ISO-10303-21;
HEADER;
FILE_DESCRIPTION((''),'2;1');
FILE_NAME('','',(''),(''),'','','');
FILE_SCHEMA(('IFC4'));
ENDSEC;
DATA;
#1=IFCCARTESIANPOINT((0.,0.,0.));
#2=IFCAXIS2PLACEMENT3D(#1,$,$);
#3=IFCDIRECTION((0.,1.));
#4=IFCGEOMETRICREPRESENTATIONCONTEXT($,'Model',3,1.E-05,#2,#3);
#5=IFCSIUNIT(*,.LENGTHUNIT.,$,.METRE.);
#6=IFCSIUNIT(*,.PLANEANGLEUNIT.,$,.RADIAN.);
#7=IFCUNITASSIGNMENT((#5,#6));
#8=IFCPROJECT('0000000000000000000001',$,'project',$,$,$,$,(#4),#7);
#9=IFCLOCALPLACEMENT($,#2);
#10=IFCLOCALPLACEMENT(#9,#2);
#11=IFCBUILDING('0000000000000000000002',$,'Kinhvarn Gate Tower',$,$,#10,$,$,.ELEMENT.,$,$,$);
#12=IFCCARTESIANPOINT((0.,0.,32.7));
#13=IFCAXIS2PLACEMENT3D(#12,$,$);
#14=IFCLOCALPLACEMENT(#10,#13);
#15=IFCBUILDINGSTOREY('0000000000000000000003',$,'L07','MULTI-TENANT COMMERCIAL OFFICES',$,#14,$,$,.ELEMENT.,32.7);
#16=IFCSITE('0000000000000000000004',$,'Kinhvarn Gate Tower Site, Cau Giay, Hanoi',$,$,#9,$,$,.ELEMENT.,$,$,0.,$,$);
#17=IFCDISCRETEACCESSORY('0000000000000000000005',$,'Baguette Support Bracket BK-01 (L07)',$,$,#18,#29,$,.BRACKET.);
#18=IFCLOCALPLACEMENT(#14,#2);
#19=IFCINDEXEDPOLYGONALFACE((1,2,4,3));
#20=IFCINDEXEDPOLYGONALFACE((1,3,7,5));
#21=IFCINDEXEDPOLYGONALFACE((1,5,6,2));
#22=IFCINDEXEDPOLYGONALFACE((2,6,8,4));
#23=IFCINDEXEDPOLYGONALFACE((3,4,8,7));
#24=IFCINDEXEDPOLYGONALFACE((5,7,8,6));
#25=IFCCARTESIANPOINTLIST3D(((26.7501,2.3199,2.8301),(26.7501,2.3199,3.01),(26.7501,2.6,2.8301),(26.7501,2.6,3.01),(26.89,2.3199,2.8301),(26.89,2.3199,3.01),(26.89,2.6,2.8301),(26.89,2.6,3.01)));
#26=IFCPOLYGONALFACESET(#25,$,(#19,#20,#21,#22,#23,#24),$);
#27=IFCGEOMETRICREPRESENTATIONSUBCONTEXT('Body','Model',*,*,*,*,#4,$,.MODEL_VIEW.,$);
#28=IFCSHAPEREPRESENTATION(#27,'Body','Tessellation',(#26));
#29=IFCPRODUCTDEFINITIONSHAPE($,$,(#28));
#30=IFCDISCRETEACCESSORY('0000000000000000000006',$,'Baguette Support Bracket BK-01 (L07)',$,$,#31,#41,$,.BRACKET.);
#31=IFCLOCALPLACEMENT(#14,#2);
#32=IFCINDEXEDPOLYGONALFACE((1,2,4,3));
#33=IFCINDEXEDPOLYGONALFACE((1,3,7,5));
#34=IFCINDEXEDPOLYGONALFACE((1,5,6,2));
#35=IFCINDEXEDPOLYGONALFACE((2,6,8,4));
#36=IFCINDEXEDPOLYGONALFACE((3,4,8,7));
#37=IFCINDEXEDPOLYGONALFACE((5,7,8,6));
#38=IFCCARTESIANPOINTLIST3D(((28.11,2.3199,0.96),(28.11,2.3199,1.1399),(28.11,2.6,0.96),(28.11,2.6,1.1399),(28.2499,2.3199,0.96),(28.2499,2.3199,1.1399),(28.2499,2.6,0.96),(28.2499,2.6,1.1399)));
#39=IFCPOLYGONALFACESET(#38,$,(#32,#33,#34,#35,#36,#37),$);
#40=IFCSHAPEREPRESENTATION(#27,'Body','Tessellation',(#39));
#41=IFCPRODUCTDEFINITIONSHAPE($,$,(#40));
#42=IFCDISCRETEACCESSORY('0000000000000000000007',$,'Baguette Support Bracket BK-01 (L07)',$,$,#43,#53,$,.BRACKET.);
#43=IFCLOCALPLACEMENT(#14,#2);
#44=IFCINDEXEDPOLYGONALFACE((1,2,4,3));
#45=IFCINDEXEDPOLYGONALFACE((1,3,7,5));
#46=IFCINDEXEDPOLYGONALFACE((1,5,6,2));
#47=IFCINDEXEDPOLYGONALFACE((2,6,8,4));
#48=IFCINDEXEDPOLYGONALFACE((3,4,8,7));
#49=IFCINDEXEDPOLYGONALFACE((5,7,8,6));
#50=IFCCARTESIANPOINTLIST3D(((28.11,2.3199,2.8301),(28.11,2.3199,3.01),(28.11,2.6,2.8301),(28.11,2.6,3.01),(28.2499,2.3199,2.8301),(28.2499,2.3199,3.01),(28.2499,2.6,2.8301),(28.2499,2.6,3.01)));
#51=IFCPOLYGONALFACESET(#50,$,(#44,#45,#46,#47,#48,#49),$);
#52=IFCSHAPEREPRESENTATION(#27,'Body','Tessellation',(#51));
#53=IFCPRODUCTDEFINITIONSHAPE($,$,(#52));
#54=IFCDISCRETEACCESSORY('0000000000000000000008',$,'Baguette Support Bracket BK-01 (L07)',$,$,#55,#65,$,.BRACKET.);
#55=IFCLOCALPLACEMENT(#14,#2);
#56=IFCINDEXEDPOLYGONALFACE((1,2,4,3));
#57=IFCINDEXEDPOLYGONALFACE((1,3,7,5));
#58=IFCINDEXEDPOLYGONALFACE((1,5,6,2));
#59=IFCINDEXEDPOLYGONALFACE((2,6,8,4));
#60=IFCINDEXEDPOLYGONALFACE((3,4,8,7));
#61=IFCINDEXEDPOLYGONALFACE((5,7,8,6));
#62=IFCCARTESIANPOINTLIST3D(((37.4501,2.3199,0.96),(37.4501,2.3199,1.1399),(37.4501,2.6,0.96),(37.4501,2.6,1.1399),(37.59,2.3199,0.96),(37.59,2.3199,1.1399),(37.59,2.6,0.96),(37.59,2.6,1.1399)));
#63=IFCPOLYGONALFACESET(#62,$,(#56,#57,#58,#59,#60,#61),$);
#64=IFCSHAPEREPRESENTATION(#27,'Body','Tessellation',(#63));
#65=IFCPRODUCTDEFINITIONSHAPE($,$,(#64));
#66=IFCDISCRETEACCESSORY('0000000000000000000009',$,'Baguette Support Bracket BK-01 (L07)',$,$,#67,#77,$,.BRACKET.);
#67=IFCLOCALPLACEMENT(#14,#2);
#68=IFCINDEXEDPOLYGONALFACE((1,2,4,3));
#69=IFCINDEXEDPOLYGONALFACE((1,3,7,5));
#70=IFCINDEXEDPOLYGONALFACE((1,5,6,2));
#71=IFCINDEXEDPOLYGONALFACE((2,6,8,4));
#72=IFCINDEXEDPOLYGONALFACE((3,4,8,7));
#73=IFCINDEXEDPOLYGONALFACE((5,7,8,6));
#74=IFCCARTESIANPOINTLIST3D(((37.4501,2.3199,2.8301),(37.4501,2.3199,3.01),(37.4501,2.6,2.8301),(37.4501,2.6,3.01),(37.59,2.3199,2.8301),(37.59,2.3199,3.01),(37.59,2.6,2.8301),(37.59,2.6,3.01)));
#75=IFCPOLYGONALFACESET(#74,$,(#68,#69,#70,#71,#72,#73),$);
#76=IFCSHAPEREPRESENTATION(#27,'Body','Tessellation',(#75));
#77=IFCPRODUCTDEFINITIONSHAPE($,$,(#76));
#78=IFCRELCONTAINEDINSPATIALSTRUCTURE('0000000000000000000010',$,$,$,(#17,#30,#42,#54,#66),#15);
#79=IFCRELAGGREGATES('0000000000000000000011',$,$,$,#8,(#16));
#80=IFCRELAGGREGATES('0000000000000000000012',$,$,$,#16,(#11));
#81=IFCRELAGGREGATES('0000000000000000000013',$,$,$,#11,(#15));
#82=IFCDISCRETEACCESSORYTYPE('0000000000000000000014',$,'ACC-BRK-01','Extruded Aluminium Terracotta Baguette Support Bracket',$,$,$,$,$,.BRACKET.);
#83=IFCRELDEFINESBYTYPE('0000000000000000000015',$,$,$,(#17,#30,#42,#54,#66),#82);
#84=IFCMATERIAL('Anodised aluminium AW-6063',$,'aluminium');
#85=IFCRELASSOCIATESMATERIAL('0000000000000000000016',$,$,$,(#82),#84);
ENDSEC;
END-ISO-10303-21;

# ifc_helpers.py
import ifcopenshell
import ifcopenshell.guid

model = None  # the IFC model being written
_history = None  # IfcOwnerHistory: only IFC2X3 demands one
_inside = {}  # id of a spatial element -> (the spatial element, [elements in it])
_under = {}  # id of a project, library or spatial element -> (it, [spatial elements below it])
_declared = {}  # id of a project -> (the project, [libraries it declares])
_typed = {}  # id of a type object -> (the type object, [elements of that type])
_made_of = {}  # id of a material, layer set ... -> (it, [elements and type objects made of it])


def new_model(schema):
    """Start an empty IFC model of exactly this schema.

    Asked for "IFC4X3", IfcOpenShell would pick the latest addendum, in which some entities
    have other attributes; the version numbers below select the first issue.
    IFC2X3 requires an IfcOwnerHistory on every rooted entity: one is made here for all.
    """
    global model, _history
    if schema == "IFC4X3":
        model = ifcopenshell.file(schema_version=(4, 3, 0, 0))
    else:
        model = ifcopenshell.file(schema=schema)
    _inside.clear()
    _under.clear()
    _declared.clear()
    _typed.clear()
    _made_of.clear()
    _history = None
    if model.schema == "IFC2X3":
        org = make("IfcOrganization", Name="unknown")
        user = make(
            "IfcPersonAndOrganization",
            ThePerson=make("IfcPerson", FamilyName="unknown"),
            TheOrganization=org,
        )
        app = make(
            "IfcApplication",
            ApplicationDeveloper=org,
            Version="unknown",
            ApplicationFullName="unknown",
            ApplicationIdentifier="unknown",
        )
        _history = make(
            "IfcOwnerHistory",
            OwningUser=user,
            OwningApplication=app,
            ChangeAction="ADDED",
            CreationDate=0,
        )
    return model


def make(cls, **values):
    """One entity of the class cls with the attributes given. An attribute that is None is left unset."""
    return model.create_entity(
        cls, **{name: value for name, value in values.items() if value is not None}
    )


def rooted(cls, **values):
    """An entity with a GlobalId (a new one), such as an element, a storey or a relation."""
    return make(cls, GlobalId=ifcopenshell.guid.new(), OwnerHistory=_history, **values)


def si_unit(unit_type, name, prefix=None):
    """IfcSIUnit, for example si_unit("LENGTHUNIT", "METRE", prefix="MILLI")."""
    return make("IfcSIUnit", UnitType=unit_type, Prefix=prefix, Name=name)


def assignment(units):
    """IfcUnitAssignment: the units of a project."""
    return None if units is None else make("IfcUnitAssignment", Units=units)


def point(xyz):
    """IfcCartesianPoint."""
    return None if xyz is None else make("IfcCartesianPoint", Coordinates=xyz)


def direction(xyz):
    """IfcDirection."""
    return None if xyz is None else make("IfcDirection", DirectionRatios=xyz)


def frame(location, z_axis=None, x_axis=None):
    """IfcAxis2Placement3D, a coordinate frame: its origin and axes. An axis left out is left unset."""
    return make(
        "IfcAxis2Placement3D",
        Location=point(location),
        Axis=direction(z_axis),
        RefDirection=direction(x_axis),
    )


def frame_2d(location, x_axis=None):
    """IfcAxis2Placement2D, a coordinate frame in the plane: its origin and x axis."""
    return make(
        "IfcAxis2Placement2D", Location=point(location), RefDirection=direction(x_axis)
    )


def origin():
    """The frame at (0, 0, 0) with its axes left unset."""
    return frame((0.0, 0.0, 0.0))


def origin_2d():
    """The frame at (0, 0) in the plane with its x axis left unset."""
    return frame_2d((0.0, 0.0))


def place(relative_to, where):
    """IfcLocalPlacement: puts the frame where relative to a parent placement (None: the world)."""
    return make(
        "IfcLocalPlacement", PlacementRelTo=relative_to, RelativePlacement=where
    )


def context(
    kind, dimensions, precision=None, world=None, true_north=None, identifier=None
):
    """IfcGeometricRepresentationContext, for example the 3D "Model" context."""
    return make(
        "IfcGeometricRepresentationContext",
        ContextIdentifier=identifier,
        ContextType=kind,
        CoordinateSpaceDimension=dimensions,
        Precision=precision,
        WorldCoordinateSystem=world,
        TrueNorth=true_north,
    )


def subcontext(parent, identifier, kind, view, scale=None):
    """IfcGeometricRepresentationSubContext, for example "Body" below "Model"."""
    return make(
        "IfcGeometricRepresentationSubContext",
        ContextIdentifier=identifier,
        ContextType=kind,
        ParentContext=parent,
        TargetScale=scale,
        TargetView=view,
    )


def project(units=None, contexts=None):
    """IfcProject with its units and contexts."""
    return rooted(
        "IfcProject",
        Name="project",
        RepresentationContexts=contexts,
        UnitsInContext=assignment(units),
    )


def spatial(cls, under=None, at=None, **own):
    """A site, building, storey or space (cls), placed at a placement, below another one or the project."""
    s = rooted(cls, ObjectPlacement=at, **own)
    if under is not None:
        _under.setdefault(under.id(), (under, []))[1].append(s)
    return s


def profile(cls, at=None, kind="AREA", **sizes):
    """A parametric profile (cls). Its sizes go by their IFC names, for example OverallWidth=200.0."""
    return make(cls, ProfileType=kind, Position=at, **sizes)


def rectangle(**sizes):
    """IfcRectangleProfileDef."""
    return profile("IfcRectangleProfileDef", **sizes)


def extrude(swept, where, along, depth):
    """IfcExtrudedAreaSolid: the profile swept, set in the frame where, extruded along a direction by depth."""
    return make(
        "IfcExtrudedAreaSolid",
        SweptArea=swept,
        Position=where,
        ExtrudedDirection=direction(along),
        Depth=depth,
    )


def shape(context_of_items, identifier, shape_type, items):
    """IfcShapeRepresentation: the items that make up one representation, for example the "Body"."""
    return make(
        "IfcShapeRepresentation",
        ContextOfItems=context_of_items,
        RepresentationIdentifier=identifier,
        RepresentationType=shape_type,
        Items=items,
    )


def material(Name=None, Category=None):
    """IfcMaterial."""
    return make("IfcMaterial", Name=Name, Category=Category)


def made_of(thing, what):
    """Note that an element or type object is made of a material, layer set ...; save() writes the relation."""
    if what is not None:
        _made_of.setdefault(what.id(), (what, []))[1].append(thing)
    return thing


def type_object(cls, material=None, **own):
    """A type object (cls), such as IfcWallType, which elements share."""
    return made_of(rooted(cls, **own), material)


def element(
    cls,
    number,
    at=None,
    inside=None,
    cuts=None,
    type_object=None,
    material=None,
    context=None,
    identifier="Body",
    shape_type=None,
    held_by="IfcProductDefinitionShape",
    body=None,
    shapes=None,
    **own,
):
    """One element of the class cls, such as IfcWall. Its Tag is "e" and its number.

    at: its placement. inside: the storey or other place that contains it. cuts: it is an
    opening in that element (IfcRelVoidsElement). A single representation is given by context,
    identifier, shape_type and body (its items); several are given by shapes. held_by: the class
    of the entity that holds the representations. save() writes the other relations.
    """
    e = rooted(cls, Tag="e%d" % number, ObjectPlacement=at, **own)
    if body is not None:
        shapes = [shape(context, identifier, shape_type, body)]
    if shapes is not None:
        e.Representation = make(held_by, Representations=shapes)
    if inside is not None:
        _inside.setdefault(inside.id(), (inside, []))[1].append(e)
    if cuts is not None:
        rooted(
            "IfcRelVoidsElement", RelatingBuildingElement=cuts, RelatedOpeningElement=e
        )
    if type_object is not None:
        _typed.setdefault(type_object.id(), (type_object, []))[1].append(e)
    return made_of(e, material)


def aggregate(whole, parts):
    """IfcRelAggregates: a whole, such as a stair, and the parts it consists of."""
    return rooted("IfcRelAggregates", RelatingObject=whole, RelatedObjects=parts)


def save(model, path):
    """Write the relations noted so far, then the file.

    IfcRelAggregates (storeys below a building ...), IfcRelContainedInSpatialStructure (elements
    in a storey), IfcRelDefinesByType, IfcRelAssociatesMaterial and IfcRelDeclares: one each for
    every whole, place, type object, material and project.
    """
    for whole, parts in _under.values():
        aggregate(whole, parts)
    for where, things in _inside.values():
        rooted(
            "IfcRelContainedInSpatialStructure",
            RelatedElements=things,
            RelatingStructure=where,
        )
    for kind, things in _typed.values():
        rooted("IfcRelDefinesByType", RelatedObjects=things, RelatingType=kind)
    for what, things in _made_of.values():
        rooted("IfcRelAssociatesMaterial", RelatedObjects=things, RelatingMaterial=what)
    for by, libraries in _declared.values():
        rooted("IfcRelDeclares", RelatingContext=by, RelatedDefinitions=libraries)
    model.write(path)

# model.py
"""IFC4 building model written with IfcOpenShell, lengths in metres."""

from ifc_helpers import new_model, si_unit, direction, frame, origin, origin_2d, place, context, subcontext, project, spatial, rectangle, extrude, material, type_object, element, save


model = new_model("IFC4")

# Units and contexts
model_context = context("Model", 3, precision=1e-05, world=origin(), true_north=direction((0.0, 1.0)))
body_context = subcontext(model_context, "Body", "Model", "MODEL_VIEW")
ifc_project = project(units=[si_unit("LENGTHUNIT", "METRE"), si_unit("PLANEANGLEUNIT", "RADIAN")], contexts=[model_context])

# Site, building, storey
site_placement = place(None, origin())
site = spatial("IfcSite", under=ifc_project, at=site_placement, Name="Kinhvarn Gate Tower Site, Cau Giay, Hanoi", CompositionType="ELEMENT", RefElevation=0.0)
building_placement = place(site_placement, origin())
building = spatial("IfcBuilding", under=site, at=building_placement, Name="Kinhvarn Gate Tower", CompositionType="ELEMENT")
storey_placement = place(building_placement, frame((0.0, 0.0, 32.7)))
storey = spatial("IfcBuildingStorey", under=building, at=storey_placement, Name="L07", Description="MULTI-TENANT COMMERCIAL OFFICES", CompositionType="ELEMENT", Elevation=32.7)

# Shared definitions
ifc_material_1 = material(Name="Anodised aluminium AW-6063", Category="aluminium")

# Discrete accessories
discrete_accessory_type = type_object("IfcDiscreteAccessoryType", Name="ACC-BRK-01", Description="Extruded Aluminium Terracotta Baguette Support Bracket", PredefinedType="BRACKET", material=ifc_material_1)
for number, where, z_axis, x_axis, name in (
    (1, (26.8201, 2.46, 2.8301), (0.0, 0.0, 1.0), (1.0, 0.0, 0.0), "Baguette Support Bracket BK-01 (L07)"),
    (2, (28.1799, 2.46, 0.96), (0.0, 0.0, 1.0), (1.0, 0.0, 0.0), "Baguette Support Bracket BK-01 (L07)"),
    (3, (28.1799, 2.46, 2.8301), (0.0, 0.0, 1.0), (1.0, 0.0, 0.0), "Baguette Support Bracket BK-01 (L07)"),
    (4, (37.52, 2.46, 0.96), (0.0, 0.0, 1.0), (1.0, 0.0, 0.0), "Baguette Support Bracket BK-01 (L07)"),
    (5, (37.52, 2.46, 2.8301), (0.0, 0.0, 1.0), (1.0, 0.0, 0.0), "Baguette Support Bracket BK-01 (L07)"),
):
    element("IfcDiscreteAccessory", number, at=place(storey_placement, frame(where, z_axis=z_axis, x_axis=x_axis)), inside=storey, type_object=discrete_accessory_type, Name=name, PredefinedType="BRACKET", context=body_context, shape_type="SweptSolid", body=[
        extrude(rectangle(XDim=0.1399, YDim=0.28, at=origin_2d()), origin(), (0.0, 0.0, 1.0), 0.1799),
    ])

save(model, "model.ifc")
